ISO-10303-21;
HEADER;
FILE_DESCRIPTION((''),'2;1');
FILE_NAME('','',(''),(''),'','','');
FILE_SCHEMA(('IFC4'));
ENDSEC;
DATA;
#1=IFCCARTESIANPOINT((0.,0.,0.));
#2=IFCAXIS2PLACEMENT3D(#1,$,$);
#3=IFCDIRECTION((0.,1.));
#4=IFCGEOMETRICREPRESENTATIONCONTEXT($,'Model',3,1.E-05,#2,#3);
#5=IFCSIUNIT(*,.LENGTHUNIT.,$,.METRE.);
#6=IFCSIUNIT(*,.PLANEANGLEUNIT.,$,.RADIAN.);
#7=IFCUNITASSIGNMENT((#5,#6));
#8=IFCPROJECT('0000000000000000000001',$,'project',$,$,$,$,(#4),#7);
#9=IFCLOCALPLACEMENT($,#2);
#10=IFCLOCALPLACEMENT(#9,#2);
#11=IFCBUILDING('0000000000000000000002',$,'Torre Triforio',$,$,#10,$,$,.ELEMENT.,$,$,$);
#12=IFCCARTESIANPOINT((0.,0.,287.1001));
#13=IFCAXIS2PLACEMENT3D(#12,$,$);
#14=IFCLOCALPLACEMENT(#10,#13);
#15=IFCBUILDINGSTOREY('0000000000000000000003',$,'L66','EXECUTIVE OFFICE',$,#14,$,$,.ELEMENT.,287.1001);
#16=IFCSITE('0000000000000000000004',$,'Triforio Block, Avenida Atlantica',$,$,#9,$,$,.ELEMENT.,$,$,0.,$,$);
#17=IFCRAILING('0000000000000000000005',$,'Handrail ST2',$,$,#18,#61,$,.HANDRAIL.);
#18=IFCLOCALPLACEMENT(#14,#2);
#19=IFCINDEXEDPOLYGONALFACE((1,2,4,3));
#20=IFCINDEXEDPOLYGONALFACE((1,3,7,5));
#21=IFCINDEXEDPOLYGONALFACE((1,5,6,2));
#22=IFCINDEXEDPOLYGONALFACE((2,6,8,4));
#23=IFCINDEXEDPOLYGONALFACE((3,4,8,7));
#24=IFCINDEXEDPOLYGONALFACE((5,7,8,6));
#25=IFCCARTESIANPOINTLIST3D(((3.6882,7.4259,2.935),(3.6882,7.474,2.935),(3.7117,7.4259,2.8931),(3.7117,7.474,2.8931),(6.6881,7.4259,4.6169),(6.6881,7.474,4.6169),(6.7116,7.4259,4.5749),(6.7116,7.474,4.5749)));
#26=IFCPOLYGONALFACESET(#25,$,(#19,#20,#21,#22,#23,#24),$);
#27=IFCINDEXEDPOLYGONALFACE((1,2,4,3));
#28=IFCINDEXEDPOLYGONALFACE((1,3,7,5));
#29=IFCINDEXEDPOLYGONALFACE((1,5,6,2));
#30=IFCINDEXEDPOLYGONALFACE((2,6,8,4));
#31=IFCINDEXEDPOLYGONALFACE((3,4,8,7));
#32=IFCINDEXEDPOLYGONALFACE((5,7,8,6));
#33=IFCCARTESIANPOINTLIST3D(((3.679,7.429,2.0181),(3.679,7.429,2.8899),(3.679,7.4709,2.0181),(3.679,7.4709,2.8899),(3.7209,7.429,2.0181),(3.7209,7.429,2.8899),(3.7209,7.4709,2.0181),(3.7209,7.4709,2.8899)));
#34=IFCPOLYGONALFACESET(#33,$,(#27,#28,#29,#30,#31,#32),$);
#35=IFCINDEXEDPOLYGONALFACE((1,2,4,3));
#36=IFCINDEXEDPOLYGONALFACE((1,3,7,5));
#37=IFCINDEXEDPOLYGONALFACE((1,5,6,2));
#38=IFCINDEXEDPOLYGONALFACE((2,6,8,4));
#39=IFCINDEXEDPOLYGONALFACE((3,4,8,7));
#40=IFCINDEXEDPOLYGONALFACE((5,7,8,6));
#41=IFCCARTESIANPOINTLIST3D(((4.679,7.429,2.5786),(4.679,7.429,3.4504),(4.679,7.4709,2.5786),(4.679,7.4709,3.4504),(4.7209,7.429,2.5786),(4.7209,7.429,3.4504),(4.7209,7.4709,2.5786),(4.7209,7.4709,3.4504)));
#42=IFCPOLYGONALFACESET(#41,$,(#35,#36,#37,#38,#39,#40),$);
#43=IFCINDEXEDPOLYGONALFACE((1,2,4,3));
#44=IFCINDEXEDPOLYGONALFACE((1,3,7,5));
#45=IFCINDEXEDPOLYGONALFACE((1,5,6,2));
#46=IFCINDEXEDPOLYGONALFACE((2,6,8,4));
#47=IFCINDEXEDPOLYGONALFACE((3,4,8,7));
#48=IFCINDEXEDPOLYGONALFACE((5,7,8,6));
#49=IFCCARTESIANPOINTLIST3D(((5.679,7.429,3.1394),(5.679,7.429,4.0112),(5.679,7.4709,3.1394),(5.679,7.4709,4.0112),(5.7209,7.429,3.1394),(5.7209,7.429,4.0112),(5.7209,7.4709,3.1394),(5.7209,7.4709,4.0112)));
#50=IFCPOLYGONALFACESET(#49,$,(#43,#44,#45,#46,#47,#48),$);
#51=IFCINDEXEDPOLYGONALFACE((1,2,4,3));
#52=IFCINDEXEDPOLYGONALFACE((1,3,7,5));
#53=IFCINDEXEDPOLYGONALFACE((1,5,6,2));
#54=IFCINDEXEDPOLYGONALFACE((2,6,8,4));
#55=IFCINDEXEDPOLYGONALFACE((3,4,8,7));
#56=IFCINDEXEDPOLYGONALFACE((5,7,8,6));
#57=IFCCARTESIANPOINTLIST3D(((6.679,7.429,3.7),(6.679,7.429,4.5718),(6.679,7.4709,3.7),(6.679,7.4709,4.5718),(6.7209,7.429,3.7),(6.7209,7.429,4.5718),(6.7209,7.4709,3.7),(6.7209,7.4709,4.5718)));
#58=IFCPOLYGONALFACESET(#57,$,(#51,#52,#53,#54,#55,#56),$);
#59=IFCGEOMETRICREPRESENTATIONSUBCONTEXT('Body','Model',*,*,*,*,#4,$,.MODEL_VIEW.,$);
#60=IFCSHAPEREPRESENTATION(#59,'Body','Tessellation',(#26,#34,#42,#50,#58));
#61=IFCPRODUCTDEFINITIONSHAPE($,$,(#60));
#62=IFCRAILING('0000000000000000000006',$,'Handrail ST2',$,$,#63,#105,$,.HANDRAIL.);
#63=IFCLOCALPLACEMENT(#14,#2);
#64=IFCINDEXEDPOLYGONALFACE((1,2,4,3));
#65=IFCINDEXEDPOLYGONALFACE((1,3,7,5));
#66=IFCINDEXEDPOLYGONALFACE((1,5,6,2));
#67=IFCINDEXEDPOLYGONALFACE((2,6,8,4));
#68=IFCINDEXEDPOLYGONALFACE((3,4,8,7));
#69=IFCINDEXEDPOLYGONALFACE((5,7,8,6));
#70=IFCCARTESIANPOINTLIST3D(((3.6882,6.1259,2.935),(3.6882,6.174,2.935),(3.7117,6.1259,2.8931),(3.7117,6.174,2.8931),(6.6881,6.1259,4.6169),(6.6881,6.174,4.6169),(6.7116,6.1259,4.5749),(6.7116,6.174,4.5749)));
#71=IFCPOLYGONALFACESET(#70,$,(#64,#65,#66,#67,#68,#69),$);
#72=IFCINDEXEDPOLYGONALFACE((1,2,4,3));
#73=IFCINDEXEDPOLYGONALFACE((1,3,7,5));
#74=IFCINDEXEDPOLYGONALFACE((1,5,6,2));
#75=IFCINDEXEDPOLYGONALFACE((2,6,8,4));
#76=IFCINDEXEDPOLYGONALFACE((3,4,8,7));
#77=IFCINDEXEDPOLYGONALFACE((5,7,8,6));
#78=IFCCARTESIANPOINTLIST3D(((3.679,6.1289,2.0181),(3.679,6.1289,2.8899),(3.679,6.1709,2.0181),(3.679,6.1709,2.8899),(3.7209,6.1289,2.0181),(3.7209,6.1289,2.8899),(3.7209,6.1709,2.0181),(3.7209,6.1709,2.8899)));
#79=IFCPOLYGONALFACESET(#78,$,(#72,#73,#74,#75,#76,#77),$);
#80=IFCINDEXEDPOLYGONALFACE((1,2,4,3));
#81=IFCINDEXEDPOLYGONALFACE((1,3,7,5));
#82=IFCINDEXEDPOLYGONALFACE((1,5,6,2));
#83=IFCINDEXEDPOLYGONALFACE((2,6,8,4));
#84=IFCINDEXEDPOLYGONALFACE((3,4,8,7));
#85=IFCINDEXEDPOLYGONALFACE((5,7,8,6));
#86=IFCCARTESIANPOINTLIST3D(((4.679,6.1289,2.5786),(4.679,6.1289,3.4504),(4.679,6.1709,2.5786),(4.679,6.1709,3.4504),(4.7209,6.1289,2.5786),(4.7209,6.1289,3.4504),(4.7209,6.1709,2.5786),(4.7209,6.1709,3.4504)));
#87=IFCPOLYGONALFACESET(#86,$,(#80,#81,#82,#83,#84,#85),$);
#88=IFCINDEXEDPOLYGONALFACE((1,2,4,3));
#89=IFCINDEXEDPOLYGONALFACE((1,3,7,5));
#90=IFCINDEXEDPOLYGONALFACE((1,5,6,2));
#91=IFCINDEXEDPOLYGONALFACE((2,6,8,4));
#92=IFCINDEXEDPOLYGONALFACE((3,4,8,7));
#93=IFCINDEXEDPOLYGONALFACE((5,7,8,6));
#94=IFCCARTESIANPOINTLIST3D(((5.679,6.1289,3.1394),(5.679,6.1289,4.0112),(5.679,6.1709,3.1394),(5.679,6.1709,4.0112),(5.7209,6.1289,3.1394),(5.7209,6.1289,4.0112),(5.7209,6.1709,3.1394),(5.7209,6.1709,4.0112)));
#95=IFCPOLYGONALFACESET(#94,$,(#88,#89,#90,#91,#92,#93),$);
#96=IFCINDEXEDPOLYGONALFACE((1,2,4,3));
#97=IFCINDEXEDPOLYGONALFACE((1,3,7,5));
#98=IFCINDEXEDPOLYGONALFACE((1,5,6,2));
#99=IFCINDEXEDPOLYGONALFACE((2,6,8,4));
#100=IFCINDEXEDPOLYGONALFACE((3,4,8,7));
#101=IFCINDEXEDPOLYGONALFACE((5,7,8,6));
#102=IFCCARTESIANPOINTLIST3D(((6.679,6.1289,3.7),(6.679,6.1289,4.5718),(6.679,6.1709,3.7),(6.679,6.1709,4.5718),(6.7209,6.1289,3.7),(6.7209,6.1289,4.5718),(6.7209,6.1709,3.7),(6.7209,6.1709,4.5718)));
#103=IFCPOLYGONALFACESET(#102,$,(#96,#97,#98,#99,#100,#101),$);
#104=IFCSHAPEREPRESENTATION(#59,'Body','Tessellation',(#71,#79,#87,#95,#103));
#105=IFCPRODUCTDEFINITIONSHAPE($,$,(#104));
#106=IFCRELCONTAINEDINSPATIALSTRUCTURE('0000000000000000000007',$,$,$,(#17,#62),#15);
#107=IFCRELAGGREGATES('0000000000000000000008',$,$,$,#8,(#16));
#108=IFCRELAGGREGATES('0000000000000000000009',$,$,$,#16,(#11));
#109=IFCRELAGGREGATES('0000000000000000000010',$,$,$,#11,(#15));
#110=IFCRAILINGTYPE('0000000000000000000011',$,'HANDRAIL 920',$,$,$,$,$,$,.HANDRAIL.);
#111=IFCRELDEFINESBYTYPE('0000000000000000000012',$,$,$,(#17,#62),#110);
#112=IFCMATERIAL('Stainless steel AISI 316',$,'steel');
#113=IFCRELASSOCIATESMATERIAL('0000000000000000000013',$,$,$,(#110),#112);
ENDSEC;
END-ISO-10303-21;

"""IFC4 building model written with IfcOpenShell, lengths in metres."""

from ifc_helpers import new_model, si_unit, direction, frame, origin, origin_2d, place, context, subcontext, project, spatial, rectangle, extrude, material, type_object, element, save


model = new_model("IFC4")

# Units and contexts
model_context = context("Model", 3, precision=1e-05, world=origin(), true_north=direction((0.0, 1.0)))
body_context = subcontext(model_context, "Body", "Model", "MODEL_VIEW")
ifc_project = project(units=[si_unit("LENGTHUNIT", "METRE"), si_unit("PLANEANGLEUNIT", "RADIAN")], contexts=[model_context])

# Site, building, storey
site_placement = place(None, origin())
site = spatial("IfcSite", under=ifc_project, at=site_placement, Name="Triforio Block, Avenida Atlantica", CompositionType="ELEMENT", RefElevation=0.0)
building_placement = place(site_placement, origin())
building = spatial("IfcBuilding", under=site, at=building_placement, Name="Torre Triforio", CompositionType="ELEMENT")
storey_placement = place(building_placement, frame((0.0, 0.0, 287.1001)))
storey = spatial("IfcBuildingStorey", under=building, at=storey_placement, Name="L66", Description="EXECUTIVE OFFICE", CompositionType="ELEMENT", Elevation=287.1001)

# Railings
ifc_material_1 = material(Name="Stainless steel AISI 316", Category="steel")
railing_type = type_object("IfcRailingType", Name="HANDRAIL 920", PredefinedType="HANDRAIL", material=ifc_material_1)
for number, where, name in (
    (1, (3.7, 7.45, 2.0181), "Handrail ST2"),
    (2, (3.7, 6.1499, 2.0181), "Handrail ST2"),
):
    element("IfcRailing", number, at=place(storey_placement, frame(where)), inside=storey, type_object=railing_type, Name=name, PredefinedType="HANDRAIL", context=body_context, shape_type="SweptSolid", body=[
        extrude(rectangle(XDim=0.0481, YDim=0.0481, at=origin_2d()), frame((0.0, 0.0, 0.896), z_axis=(0.872272, 0.0, 0.48902), x_axis=(0.0, 1.0, 0.0)), (0.0, 0.0, 1.0), 3.4392),
        extrude(rectangle(XDim=0.042, YDim=0.042, at=origin_2d()), origin(), (0.0, 0.0, 1.0), 0.8718),
        extrude(rectangle(XDim=0.042, YDim=0.042, at=origin_2d()), frame((1.0, 0.0, 0.5605)), (0.0, 0.0, 1.0), 0.8718),
        extrude(rectangle(XDim=0.042, YDim=0.042, at=origin_2d()), frame((2.0, 0.0, 1.1213)), (0.0, 0.0, 1.0), 0.8718),
        extrude(rectangle(XDim=0.042, YDim=0.042, at=origin_2d()), frame((3.0, 0.0, 1.6819)), (0.0, 0.0, 1.0), 0.8718),
    ])

save(model, "model.ifc")
